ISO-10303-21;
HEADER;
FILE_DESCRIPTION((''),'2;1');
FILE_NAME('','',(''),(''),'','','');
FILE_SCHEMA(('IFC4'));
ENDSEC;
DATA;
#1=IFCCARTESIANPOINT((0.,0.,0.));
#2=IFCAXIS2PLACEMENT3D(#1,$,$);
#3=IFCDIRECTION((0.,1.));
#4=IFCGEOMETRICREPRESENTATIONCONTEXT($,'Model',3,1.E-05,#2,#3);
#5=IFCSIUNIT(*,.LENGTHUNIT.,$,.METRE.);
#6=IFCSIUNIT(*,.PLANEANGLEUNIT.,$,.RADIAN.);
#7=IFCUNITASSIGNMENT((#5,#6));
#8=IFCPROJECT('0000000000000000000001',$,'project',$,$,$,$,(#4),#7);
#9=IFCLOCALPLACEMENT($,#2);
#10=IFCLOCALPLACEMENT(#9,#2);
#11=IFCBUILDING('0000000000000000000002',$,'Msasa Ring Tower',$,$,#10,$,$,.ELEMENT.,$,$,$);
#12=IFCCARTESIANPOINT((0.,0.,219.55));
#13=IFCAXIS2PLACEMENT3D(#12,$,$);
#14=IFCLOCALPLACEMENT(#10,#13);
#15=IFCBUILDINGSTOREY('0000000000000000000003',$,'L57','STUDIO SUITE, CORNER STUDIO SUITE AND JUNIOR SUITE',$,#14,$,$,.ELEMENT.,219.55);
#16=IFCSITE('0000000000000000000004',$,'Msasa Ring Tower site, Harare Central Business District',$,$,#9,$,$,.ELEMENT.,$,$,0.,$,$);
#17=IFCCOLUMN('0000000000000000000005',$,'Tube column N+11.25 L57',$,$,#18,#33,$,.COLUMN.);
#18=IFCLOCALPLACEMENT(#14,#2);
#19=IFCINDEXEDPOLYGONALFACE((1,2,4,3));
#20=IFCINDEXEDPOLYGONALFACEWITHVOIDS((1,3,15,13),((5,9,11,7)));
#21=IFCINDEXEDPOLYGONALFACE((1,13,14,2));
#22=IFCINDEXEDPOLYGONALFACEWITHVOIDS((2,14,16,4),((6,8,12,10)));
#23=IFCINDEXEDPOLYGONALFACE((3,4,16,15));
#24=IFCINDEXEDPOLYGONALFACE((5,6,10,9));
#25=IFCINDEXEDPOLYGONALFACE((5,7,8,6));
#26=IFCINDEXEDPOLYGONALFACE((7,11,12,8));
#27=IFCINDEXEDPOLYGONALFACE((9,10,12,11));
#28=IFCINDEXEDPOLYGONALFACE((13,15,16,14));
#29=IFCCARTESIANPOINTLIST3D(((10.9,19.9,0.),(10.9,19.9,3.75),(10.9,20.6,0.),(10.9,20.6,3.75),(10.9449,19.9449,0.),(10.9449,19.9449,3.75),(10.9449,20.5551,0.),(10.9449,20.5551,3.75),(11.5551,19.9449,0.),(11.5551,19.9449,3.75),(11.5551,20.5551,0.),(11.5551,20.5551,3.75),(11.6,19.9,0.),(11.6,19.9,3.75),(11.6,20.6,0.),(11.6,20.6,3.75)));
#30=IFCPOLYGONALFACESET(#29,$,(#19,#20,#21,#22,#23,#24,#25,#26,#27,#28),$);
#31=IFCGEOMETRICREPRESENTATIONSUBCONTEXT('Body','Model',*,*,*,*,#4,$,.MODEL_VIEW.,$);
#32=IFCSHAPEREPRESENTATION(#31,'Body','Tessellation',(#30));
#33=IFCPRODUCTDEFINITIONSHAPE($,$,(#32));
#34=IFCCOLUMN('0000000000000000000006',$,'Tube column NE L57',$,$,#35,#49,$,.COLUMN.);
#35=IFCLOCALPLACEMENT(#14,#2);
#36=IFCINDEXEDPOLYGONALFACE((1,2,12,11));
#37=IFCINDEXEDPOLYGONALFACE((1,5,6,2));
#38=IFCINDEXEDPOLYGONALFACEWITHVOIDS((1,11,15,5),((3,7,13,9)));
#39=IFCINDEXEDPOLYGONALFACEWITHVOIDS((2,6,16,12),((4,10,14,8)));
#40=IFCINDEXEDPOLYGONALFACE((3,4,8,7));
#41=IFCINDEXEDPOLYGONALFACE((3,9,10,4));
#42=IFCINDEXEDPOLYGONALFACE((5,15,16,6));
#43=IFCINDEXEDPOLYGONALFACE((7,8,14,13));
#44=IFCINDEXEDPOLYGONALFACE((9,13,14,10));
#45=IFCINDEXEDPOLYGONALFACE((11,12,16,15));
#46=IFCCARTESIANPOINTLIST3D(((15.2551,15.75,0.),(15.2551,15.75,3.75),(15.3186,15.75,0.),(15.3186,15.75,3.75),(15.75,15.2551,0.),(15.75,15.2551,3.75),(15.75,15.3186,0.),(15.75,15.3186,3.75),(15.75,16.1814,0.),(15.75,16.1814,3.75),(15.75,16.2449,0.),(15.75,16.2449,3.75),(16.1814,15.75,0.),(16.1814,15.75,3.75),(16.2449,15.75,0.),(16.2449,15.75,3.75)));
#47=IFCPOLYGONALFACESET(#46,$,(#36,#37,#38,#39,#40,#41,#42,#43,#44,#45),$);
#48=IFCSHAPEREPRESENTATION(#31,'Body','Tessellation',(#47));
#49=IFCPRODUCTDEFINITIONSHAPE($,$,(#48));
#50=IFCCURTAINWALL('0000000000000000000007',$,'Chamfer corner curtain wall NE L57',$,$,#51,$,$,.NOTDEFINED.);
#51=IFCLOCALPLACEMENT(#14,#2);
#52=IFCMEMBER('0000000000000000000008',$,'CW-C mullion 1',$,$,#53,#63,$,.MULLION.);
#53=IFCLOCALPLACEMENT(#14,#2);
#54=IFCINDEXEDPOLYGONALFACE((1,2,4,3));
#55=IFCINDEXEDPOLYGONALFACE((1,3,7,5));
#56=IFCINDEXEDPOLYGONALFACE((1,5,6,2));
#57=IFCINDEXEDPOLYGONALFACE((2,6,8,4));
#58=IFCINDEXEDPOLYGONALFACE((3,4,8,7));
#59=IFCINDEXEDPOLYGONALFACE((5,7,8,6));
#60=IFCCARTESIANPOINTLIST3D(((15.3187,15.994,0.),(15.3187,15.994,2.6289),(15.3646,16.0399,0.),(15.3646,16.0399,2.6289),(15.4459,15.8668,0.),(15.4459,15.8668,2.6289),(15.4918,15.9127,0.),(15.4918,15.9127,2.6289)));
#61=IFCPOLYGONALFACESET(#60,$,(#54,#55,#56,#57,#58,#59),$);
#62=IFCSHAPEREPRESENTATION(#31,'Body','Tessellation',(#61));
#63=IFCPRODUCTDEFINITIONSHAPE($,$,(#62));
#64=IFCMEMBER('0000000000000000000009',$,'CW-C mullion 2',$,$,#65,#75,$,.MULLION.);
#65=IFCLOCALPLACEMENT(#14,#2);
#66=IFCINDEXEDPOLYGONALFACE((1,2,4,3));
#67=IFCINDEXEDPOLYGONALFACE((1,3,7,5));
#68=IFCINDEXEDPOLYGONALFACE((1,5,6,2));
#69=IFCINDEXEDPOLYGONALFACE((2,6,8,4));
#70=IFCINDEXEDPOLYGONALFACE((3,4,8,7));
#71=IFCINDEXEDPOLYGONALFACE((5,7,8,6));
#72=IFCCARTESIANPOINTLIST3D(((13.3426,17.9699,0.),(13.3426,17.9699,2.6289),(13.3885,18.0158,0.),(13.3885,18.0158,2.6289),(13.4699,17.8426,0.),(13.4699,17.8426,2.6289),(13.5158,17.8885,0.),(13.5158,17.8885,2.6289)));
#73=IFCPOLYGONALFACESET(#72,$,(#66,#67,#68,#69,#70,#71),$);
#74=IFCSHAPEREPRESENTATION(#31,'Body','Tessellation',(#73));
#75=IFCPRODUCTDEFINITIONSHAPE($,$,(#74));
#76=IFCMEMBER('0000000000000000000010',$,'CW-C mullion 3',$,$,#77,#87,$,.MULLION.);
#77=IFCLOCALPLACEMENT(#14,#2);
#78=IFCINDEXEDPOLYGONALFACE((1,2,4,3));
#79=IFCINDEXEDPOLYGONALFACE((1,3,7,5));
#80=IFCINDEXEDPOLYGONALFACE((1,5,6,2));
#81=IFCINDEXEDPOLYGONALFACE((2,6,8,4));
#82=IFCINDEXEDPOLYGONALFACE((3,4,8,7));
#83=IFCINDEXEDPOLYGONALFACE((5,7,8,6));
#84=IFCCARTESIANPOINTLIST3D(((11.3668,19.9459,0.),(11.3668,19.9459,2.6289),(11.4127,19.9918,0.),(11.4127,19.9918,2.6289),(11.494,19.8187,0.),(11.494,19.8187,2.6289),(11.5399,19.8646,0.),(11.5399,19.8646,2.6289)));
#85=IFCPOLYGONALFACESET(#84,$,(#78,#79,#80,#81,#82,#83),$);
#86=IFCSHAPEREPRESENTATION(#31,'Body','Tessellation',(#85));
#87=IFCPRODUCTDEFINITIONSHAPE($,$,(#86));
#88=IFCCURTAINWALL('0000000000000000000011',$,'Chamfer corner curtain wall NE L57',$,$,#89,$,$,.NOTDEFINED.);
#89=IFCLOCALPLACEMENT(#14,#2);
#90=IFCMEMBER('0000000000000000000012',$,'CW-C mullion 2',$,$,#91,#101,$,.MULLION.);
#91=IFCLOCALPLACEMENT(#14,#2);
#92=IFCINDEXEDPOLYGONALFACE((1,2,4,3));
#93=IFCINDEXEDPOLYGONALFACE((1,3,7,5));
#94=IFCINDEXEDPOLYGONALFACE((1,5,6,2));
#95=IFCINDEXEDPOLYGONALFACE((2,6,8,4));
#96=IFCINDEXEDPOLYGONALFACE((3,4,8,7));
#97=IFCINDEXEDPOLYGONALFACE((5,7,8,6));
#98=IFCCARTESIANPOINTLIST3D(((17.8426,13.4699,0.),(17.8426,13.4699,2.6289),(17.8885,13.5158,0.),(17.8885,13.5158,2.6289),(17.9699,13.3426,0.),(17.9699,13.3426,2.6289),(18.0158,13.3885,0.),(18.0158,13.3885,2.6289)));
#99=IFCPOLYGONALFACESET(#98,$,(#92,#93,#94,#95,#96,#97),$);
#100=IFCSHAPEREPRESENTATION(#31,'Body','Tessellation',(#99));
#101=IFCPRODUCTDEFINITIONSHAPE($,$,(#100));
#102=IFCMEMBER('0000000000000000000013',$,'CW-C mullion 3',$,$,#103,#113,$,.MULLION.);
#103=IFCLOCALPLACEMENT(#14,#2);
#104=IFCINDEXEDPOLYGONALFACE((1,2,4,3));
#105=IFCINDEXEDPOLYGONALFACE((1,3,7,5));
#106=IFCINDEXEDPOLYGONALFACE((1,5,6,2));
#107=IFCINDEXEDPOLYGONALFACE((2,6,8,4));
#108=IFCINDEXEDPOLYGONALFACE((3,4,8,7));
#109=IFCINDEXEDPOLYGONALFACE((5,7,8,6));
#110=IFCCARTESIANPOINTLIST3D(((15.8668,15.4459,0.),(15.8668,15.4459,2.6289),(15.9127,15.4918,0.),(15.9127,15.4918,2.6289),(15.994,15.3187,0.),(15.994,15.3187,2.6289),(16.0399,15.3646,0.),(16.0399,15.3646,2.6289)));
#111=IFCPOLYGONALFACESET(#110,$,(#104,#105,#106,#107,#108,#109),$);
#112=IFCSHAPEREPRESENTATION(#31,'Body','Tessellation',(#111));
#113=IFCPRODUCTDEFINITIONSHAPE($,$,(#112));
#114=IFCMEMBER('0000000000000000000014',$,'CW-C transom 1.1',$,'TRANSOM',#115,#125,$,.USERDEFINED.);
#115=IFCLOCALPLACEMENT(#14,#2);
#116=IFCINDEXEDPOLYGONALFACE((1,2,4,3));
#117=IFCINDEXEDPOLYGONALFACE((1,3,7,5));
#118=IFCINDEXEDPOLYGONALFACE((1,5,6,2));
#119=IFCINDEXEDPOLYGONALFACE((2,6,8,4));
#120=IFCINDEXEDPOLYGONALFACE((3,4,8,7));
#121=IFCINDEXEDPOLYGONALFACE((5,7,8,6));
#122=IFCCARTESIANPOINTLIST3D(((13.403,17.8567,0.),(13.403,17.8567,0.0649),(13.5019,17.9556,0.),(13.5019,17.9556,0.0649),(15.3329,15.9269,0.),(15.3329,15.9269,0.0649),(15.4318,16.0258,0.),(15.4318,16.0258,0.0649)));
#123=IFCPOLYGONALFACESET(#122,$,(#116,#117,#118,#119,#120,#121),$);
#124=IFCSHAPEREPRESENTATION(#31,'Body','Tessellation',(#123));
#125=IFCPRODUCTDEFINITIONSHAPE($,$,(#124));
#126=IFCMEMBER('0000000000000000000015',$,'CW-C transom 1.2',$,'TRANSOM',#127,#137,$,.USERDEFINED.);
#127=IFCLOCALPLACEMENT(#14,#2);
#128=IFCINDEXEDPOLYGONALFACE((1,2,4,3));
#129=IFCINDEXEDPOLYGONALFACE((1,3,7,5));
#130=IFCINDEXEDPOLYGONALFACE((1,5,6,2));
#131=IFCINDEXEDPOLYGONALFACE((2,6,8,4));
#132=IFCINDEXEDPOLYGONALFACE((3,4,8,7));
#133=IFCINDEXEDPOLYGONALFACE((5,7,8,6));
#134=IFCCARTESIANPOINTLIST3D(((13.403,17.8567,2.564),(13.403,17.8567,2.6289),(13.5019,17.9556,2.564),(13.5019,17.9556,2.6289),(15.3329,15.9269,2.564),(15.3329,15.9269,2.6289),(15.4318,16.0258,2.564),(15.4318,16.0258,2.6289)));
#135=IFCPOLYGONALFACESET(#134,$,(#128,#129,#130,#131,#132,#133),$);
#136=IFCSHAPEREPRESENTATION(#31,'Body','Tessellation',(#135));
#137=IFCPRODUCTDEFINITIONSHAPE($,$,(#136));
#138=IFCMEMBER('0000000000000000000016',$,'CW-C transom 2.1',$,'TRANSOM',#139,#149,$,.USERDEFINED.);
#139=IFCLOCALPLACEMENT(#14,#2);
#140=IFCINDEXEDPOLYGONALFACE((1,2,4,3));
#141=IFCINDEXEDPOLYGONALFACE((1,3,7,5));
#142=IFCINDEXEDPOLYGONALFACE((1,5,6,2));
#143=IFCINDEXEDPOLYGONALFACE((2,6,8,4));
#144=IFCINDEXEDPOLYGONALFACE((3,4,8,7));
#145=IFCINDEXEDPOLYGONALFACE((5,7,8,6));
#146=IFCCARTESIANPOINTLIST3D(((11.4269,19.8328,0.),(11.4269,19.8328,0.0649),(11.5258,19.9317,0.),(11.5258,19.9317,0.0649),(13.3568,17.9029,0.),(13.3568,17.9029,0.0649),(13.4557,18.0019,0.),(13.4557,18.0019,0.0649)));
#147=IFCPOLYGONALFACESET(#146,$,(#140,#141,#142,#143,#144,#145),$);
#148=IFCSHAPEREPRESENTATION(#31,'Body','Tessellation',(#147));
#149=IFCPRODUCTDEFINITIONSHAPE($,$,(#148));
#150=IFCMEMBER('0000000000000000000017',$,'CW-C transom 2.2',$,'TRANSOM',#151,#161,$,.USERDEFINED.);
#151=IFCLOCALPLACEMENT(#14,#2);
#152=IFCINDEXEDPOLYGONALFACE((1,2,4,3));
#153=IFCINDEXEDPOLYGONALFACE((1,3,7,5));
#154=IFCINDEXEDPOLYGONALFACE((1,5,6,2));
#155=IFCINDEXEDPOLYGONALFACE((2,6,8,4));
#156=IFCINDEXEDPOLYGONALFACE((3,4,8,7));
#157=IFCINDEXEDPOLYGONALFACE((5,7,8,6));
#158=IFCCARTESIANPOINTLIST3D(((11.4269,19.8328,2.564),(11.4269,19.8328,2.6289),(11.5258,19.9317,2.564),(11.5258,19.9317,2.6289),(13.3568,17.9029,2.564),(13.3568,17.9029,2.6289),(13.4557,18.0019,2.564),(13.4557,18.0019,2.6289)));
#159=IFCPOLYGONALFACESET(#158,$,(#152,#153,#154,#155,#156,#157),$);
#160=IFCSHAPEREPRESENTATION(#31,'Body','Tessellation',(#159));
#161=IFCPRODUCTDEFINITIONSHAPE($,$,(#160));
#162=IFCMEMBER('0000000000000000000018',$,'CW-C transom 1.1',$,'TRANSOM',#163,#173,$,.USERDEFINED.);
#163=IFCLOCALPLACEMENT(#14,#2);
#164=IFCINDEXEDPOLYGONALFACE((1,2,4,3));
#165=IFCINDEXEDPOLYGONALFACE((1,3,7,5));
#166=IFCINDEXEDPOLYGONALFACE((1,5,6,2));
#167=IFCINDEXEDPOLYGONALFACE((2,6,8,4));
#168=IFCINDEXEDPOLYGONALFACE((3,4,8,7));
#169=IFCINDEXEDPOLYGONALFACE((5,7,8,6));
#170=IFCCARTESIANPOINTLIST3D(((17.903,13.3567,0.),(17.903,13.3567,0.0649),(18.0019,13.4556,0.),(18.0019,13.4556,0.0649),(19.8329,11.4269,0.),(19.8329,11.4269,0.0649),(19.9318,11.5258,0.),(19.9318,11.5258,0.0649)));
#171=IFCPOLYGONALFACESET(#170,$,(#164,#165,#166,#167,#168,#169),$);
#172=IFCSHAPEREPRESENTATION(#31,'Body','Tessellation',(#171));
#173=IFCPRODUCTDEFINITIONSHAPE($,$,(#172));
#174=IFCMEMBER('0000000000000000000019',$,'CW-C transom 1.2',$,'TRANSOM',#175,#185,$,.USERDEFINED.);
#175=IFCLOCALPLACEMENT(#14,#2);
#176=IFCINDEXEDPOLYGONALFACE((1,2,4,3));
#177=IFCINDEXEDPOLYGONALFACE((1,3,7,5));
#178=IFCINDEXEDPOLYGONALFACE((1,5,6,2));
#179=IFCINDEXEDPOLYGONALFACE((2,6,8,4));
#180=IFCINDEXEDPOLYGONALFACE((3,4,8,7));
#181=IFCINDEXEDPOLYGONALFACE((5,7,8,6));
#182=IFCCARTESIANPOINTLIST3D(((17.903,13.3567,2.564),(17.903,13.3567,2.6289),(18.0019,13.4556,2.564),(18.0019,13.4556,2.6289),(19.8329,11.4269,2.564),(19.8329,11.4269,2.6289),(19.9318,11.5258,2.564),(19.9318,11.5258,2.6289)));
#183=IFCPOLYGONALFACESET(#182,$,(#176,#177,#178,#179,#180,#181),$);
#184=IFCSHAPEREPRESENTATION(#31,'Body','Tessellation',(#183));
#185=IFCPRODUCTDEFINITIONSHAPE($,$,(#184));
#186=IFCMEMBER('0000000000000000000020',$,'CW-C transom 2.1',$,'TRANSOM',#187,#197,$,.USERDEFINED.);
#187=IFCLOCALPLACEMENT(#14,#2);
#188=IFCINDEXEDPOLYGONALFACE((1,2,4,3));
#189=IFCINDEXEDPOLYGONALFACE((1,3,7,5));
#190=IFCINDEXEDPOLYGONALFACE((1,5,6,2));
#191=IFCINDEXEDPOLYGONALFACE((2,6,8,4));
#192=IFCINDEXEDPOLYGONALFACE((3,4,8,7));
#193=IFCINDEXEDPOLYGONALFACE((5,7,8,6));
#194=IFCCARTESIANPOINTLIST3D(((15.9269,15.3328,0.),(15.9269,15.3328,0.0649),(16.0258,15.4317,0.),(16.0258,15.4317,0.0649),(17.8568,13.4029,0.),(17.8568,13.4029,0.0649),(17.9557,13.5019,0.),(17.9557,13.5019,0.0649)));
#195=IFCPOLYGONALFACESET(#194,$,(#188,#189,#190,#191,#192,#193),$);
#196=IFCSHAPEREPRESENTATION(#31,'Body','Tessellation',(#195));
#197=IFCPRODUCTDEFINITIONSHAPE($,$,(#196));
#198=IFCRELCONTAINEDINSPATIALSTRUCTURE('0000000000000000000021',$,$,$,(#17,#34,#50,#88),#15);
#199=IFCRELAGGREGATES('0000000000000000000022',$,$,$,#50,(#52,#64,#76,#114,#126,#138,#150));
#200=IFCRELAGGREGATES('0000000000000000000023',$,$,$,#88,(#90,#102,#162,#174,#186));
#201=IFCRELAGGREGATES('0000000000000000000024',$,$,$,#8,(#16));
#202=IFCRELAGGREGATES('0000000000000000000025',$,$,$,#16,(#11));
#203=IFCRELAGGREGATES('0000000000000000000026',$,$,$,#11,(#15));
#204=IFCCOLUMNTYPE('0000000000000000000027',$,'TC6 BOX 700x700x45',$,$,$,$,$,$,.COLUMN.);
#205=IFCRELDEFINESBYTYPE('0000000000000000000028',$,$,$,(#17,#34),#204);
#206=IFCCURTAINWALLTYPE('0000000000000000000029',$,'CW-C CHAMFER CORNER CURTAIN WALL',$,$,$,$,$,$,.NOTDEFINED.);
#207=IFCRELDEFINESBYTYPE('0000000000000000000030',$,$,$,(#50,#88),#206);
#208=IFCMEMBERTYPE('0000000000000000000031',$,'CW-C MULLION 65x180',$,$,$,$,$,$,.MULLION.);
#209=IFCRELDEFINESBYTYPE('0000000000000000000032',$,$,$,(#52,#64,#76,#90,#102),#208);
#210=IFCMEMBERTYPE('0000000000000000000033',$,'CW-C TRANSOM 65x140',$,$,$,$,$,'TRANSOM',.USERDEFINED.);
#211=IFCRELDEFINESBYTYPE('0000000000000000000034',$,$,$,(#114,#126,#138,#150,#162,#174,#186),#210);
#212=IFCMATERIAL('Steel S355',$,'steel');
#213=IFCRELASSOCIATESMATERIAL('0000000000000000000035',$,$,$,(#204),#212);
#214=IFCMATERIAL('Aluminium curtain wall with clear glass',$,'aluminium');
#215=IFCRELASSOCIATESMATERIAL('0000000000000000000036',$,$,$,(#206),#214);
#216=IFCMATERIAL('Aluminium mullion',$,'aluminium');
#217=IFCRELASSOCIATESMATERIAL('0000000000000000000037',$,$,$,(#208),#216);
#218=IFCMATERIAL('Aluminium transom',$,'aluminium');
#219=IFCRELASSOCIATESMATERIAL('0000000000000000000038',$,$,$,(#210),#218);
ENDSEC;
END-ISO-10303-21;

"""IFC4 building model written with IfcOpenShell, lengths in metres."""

from ifc_helpers import new_model, si_unit, direction, frame, origin, origin_2d, place, context, subcontext, project, spatial, rectangle, hollow_rectangle, extrude, material, material_profile, profile_set, type_object, element, aggregate, save


model = new_model("IFC4")

# Units and contexts
model_context = context("Model", 3, precision=1e-05, world=origin(), true_north=direction((0.0, 1.0)))
body_context = subcontext(model_context, "Body", "Model", "MODEL_VIEW")
ifc_project = project(units=[si_unit("LENGTHUNIT", "METRE"), si_unit("PLANEANGLEUNIT", "RADIAN")], contexts=[model_context])

# Site, building, storey
site_placement = place(None, origin())
site = spatial("IfcSite", under=ifc_project, at=site_placement, Name="Msasa Ring Tower site, Harare Central Business District", CompositionType="ELEMENT", RefElevation=0.0)
building_placement = place(site_placement, origin())
building = spatial("IfcBuilding", under=site, at=building_placement, Name="Msasa Ring Tower", CompositionType="ELEMENT")
storey_placement = place(building_placement, frame((0.0, 0.0, 219.55)))
storey = spatial("IfcBuildingStorey", under=building, at=storey_placement, Name="L57", Description="STUDIO SUITE, CORNER STUDIO SUITE AND JUNIOR SUITE", CompositionType="ELEMENT", Elevation=219.55)

# Columns
ifc_material_1 = material(Name="Steel S355", Category="steel")
ifc_material_profile_1 = material_profile(ifc_material_1, hollow_rectangle(XDim=0.7, YDim=0.7, WallThickness=0.0449, at=origin_2d()), Name="BOX 700x700x45")
ifc_profile_set_1 = profile_set([ifc_material_profile_1], Name="Steel S355")
column_type = type_object("IfcColumnType", Name="TC6 BOX 700x700x45", PredefinedType="COLUMN", material=ifc_profile_set_1)
for number, where, z_axis, x_axis, name in (
    (1, (11.25, 20.25, 0.0), (0.0, 0.0, 1.0), (0.0, 1.0, 0.0), "Tube column N+11.25 L57"),
    (2, (15.75, 15.75, 0.0), (0.0, 0.0, 1.0), (0.707107, 0.707107, 0.0), "Tube column NE L57"),
):
    element("IfcColumn", number, at=place(storey_placement, frame(where, z_axis=z_axis, x_axis=x_axis)), inside=storey, type_object=column_type, Name=name, PredefinedType="COLUMN", context=body_context, shape_type="SweptSolid", body=[
        extrude(hollow_rectangle(XDim=0.7, YDim=0.7, WallThickness=0.0449, at=origin_2d()), origin(), (0.0, 0.0, 1.0), 3.75),
    ])

# Curtain walls, members
ifc_material_2 = material(Name="Aluminium curtain wall with clear glass", Category="aluminium")
curtain_wall_type = type_object("IfcCurtainWallType", Name="CW-C CHAMFER CORNER CURTAIN WALL", PredefinedType="NOTDEFINED", material=ifc_material_2)
curtain_wall_1_placement = place(storey_placement, origin())
curtain_wall_1 = element("IfcCurtainWall", 3, at=curtain_wall_1_placement, inside=storey, type_object=curtain_wall_type, Name="Chamfer corner curtain wall NE L57", PredefinedType="NOTDEFINED")
ifc_material_3 = material(Name="Aluminium mullion", Category="aluminium")
ifc_material_profile_2 = material_profile(ifc_material_3, rectangle(XDim=0.0649, YDim=0.1799, at=origin_2d()), Name="AL 65x180")
ifc_profile_set_2 = profile_set([ifc_material_profile_2], Name="Aluminium mullion")
member_type_1 = type_object("IfcMemberType", Name="CW-C MULLION 65x180", PredefinedType="MULLION", material=ifc_profile_set_2)
member_1_placement = place(storey_placement, frame((15.4053, 15.9534, 0.0), z_axis=(0.0, 0.0, 1.0), x_axis=(-0.707107, -0.707107, 0.0)))
member_1 = element("IfcMember", 4, at=member_1_placement, type_object=member_type_1, Name="CW-C mullion 1", PredefinedType="MULLION", context=body_context, shape_type="SweptSolid", body=[
    extrude(rectangle(XDim=0.0649, YDim=0.1799, at=origin_2d()), origin(), (0.0, 0.0, 1.0), 2.6289),
])
member_2_placement = place(storey_placement, frame((13.4292, 17.9292, 0.0), z_axis=(0.0, 0.0, 1.0), x_axis=(-0.707107, -0.707107, 0.0)))
member_2 = element("IfcMember", 5, at=member_2_placement, type_object=member_type_1, Name="CW-C mullion 2", PredefinedType="MULLION", context=body_context, shape_type="SweptSolid", body=[
    extrude(rectangle(XDim=0.0649, YDim=0.1799, at=origin_2d()), origin(), (0.0, 0.0, 1.0), 2.6289),
])
member_3_placement = place(storey_placement, frame((11.4534, 19.9053, 0.0), z_axis=(0.0, 0.0, 1.0), x_axis=(-0.707107, -0.707107, 0.0)))
member_3 = element("IfcMember", 6, at=member_3_placement, type_object=member_type_1, Name="CW-C mullion 3", PredefinedType="MULLION", context=body_context, shape_type="SweptSolid", body=[
    extrude(rectangle(XDim=0.0649, YDim=0.1799, at=origin_2d()), origin(), (0.0, 0.0, 1.0), 2.6289),
])
curtain_wall_2_placement = place(storey_placement, origin())
curtain_wall_2 = element("IfcCurtainWall", 7, at=curtain_wall_2_placement, inside=storey, type_object=curtain_wall_type, Name="Chamfer corner curtain wall NE L57", PredefinedType="NOTDEFINED")
member_4_placement = place(storey_placement, frame((17.9292, 13.4292, 0.0), z_axis=(0.0, 0.0, 1.0), x_axis=(-0.707107, -0.707107, 0.0)))
member_4 = element("IfcMember", 8, at=member_4_placement, type_object=member_type_1, Name="CW-C mullion 2", PredefinedType="MULLION", context=body_context, shape_type="SweptSolid", body=[
    extrude(rectangle(XDim=0.0649, YDim=0.1799, at=origin_2d()), origin(), (0.0, 0.0, 1.0), 2.6289),
])
member_5_placement = place(storey_placement, frame((15.9534, 15.4053, 0.0), z_axis=(0.0, 0.0, 1.0), x_axis=(-0.707107, -0.707107, 0.0)))
member_5 = element("IfcMember", 9, at=member_5_placement, type_object=member_type_1, Name="CW-C mullion 3", PredefinedType="MULLION", context=body_context, shape_type="SweptSolid", body=[
    extrude(rectangle(XDim=0.0649, YDim=0.1799, at=origin_2d()), origin(), (0.0, 0.0, 1.0), 2.6289),
])

# Members
ifc_material_4 = material(Name="Aluminium transom", Category="aluminium")
ifc_material_profile_3 = material_profile(ifc_material_4, rectangle(XDim=0.1399, YDim=0.0649, at=origin_2d()), Name="AL 65x140")
ifc_profile_set_3 = profile_set([ifc_material_profile_3], Name="Aluminium transom")
member_type_2 = type_object("IfcMemberType", Name="CW-C TRANSOM 65x140", ElementType="TRANSOM", PredefinedType="USERDEFINED", material=ifc_profile_set_3)
member_6_placement = place(storey_placement, frame((15.3823, 15.9763, 0.0325), z_axis=(-0.707107, 0.707107, 0.0), x_axis=(-0.707107, -0.707107, 0.0)))
member_6 = element("IfcMember", 10, at=member_6_placement, type_object=member_type_2, Name="CW-C transom 1.1", ObjectType="TRANSOM", PredefinedType="USERDEFINED", context=body_context, shape_type="SweptSolid", body=[
    extrude(rectangle(XDim=0.1399, YDim=0.0649, at=origin_2d()), origin(), (0.0, 0.0, 1.0), 2.7292),
])
member_7_placement = place(storey_placement, frame((15.3823, 15.9763, 2.5964), z_axis=(-0.707107, 0.707107, 0.0), x_axis=(-0.707107, -0.707107, 0.0)))
member_7 = element("IfcMember", 11, at=member_7_placement, type_object=member_type_2, Name="CW-C transom 1.2", ObjectType="TRANSOM", PredefinedType="USERDEFINED", context=body_context, shape_type="SweptSolid", body=[
    extrude(rectangle(XDim=0.1399, YDim=0.0649, at=origin_2d()), origin(), (0.0, 0.0, 1.0), 2.7292),
])
member_8_placement = place(storey_placement, frame((13.4062, 17.9524, 0.0325), z_axis=(-0.707107, 0.707107, 0.0), x_axis=(-0.707107, -0.707107, 0.0)))
member_8 = element("IfcMember", 12, at=member_8_placement, type_object=member_type_2, Name="CW-C transom 2.1", ObjectType="TRANSOM", PredefinedType="USERDEFINED", context=body_context, shape_type="SweptSolid", body=[
    extrude(rectangle(XDim=0.1399, YDim=0.0649, at=origin_2d()), origin(), (0.0, 0.0, 1.0), 2.7292),
])
member_9_placement = place(storey_placement, frame((13.4062, 17.9524, 2.5964), z_axis=(-0.707107, 0.707107, 0.0), x_axis=(-0.707107, -0.707107, 0.0)))
member_9 = element("IfcMember", 13, at=member_9_placement, type_object=member_type_2, Name="CW-C transom 2.2", ObjectType="TRANSOM", PredefinedType="USERDEFINED", context=body_context, shape_type="SweptSolid", body=[
    extrude(rectangle(XDim=0.1399, YDim=0.0649, at=origin_2d()), origin(), (0.0, 0.0, 1.0), 2.7292),
])
member_10_placement = place(storey_placement, frame((19.8823, 11.4763, 0.0325), z_axis=(-0.707107, 0.707107, 0.0), x_axis=(-0.707107, -0.707107, 0.0)))
member_10 = element("IfcMember", 14, at=member_10_placement, type_object=member_type_2, Name="CW-C transom 1.1", ObjectType="TRANSOM", PredefinedType="USERDEFINED", context=body_context, shape_type="SweptSolid", body=[
    extrude(rectangle(XDim=0.1399, YDim=0.0649, at=origin_2d()), origin(), (0.0, 0.0, 1.0), 2.7292),
])
member_11_placement = place(storey_placement, frame((19.8823, 11.4763, 2.5964), z_axis=(-0.707107, 0.707107, 0.0), x_axis=(-0.707107, -0.707107, 0.0)))
member_11 = element("IfcMember", 15, at=member_11_placement, type_object=member_type_2, Name="CW-C transom 1.2", ObjectType="TRANSOM", PredefinedType="USERDEFINED", context=body_context, shape_type="SweptSolid", body=[
    extrude(rectangle(XDim=0.1399, YDim=0.0649, at=origin_2d()), origin(), (0.0, 0.0, 1.0), 2.7292),
])
member_12_placement = place(storey_placement, frame((17.9062, 13.4524, 0.0325), z_axis=(-0.707107, 0.707107, 0.0), x_axis=(-0.707107, -0.707107, 0.0)))
member_12 = element("IfcMember", 16, at=member_12_placement, type_object=member_type_2, Name="CW-C transom 2.1", ObjectType="TRANSOM", PredefinedType="USERDEFINED", context=body_context, shape_type="SweptSolid", body=[
    extrude(rectangle(XDim=0.1399, YDim=0.0649, at=origin_2d()), origin(), (0.0, 0.0, 1.0), 2.7292),
])

aggregate(curtain_wall_1, [member_1, member_2, member_3, member_6, member_7, member_8, member_9])
aggregate(curtain_wall_2, [member_4, member_5, member_10, member_11, member_12])

save(model, "model.ifc")
